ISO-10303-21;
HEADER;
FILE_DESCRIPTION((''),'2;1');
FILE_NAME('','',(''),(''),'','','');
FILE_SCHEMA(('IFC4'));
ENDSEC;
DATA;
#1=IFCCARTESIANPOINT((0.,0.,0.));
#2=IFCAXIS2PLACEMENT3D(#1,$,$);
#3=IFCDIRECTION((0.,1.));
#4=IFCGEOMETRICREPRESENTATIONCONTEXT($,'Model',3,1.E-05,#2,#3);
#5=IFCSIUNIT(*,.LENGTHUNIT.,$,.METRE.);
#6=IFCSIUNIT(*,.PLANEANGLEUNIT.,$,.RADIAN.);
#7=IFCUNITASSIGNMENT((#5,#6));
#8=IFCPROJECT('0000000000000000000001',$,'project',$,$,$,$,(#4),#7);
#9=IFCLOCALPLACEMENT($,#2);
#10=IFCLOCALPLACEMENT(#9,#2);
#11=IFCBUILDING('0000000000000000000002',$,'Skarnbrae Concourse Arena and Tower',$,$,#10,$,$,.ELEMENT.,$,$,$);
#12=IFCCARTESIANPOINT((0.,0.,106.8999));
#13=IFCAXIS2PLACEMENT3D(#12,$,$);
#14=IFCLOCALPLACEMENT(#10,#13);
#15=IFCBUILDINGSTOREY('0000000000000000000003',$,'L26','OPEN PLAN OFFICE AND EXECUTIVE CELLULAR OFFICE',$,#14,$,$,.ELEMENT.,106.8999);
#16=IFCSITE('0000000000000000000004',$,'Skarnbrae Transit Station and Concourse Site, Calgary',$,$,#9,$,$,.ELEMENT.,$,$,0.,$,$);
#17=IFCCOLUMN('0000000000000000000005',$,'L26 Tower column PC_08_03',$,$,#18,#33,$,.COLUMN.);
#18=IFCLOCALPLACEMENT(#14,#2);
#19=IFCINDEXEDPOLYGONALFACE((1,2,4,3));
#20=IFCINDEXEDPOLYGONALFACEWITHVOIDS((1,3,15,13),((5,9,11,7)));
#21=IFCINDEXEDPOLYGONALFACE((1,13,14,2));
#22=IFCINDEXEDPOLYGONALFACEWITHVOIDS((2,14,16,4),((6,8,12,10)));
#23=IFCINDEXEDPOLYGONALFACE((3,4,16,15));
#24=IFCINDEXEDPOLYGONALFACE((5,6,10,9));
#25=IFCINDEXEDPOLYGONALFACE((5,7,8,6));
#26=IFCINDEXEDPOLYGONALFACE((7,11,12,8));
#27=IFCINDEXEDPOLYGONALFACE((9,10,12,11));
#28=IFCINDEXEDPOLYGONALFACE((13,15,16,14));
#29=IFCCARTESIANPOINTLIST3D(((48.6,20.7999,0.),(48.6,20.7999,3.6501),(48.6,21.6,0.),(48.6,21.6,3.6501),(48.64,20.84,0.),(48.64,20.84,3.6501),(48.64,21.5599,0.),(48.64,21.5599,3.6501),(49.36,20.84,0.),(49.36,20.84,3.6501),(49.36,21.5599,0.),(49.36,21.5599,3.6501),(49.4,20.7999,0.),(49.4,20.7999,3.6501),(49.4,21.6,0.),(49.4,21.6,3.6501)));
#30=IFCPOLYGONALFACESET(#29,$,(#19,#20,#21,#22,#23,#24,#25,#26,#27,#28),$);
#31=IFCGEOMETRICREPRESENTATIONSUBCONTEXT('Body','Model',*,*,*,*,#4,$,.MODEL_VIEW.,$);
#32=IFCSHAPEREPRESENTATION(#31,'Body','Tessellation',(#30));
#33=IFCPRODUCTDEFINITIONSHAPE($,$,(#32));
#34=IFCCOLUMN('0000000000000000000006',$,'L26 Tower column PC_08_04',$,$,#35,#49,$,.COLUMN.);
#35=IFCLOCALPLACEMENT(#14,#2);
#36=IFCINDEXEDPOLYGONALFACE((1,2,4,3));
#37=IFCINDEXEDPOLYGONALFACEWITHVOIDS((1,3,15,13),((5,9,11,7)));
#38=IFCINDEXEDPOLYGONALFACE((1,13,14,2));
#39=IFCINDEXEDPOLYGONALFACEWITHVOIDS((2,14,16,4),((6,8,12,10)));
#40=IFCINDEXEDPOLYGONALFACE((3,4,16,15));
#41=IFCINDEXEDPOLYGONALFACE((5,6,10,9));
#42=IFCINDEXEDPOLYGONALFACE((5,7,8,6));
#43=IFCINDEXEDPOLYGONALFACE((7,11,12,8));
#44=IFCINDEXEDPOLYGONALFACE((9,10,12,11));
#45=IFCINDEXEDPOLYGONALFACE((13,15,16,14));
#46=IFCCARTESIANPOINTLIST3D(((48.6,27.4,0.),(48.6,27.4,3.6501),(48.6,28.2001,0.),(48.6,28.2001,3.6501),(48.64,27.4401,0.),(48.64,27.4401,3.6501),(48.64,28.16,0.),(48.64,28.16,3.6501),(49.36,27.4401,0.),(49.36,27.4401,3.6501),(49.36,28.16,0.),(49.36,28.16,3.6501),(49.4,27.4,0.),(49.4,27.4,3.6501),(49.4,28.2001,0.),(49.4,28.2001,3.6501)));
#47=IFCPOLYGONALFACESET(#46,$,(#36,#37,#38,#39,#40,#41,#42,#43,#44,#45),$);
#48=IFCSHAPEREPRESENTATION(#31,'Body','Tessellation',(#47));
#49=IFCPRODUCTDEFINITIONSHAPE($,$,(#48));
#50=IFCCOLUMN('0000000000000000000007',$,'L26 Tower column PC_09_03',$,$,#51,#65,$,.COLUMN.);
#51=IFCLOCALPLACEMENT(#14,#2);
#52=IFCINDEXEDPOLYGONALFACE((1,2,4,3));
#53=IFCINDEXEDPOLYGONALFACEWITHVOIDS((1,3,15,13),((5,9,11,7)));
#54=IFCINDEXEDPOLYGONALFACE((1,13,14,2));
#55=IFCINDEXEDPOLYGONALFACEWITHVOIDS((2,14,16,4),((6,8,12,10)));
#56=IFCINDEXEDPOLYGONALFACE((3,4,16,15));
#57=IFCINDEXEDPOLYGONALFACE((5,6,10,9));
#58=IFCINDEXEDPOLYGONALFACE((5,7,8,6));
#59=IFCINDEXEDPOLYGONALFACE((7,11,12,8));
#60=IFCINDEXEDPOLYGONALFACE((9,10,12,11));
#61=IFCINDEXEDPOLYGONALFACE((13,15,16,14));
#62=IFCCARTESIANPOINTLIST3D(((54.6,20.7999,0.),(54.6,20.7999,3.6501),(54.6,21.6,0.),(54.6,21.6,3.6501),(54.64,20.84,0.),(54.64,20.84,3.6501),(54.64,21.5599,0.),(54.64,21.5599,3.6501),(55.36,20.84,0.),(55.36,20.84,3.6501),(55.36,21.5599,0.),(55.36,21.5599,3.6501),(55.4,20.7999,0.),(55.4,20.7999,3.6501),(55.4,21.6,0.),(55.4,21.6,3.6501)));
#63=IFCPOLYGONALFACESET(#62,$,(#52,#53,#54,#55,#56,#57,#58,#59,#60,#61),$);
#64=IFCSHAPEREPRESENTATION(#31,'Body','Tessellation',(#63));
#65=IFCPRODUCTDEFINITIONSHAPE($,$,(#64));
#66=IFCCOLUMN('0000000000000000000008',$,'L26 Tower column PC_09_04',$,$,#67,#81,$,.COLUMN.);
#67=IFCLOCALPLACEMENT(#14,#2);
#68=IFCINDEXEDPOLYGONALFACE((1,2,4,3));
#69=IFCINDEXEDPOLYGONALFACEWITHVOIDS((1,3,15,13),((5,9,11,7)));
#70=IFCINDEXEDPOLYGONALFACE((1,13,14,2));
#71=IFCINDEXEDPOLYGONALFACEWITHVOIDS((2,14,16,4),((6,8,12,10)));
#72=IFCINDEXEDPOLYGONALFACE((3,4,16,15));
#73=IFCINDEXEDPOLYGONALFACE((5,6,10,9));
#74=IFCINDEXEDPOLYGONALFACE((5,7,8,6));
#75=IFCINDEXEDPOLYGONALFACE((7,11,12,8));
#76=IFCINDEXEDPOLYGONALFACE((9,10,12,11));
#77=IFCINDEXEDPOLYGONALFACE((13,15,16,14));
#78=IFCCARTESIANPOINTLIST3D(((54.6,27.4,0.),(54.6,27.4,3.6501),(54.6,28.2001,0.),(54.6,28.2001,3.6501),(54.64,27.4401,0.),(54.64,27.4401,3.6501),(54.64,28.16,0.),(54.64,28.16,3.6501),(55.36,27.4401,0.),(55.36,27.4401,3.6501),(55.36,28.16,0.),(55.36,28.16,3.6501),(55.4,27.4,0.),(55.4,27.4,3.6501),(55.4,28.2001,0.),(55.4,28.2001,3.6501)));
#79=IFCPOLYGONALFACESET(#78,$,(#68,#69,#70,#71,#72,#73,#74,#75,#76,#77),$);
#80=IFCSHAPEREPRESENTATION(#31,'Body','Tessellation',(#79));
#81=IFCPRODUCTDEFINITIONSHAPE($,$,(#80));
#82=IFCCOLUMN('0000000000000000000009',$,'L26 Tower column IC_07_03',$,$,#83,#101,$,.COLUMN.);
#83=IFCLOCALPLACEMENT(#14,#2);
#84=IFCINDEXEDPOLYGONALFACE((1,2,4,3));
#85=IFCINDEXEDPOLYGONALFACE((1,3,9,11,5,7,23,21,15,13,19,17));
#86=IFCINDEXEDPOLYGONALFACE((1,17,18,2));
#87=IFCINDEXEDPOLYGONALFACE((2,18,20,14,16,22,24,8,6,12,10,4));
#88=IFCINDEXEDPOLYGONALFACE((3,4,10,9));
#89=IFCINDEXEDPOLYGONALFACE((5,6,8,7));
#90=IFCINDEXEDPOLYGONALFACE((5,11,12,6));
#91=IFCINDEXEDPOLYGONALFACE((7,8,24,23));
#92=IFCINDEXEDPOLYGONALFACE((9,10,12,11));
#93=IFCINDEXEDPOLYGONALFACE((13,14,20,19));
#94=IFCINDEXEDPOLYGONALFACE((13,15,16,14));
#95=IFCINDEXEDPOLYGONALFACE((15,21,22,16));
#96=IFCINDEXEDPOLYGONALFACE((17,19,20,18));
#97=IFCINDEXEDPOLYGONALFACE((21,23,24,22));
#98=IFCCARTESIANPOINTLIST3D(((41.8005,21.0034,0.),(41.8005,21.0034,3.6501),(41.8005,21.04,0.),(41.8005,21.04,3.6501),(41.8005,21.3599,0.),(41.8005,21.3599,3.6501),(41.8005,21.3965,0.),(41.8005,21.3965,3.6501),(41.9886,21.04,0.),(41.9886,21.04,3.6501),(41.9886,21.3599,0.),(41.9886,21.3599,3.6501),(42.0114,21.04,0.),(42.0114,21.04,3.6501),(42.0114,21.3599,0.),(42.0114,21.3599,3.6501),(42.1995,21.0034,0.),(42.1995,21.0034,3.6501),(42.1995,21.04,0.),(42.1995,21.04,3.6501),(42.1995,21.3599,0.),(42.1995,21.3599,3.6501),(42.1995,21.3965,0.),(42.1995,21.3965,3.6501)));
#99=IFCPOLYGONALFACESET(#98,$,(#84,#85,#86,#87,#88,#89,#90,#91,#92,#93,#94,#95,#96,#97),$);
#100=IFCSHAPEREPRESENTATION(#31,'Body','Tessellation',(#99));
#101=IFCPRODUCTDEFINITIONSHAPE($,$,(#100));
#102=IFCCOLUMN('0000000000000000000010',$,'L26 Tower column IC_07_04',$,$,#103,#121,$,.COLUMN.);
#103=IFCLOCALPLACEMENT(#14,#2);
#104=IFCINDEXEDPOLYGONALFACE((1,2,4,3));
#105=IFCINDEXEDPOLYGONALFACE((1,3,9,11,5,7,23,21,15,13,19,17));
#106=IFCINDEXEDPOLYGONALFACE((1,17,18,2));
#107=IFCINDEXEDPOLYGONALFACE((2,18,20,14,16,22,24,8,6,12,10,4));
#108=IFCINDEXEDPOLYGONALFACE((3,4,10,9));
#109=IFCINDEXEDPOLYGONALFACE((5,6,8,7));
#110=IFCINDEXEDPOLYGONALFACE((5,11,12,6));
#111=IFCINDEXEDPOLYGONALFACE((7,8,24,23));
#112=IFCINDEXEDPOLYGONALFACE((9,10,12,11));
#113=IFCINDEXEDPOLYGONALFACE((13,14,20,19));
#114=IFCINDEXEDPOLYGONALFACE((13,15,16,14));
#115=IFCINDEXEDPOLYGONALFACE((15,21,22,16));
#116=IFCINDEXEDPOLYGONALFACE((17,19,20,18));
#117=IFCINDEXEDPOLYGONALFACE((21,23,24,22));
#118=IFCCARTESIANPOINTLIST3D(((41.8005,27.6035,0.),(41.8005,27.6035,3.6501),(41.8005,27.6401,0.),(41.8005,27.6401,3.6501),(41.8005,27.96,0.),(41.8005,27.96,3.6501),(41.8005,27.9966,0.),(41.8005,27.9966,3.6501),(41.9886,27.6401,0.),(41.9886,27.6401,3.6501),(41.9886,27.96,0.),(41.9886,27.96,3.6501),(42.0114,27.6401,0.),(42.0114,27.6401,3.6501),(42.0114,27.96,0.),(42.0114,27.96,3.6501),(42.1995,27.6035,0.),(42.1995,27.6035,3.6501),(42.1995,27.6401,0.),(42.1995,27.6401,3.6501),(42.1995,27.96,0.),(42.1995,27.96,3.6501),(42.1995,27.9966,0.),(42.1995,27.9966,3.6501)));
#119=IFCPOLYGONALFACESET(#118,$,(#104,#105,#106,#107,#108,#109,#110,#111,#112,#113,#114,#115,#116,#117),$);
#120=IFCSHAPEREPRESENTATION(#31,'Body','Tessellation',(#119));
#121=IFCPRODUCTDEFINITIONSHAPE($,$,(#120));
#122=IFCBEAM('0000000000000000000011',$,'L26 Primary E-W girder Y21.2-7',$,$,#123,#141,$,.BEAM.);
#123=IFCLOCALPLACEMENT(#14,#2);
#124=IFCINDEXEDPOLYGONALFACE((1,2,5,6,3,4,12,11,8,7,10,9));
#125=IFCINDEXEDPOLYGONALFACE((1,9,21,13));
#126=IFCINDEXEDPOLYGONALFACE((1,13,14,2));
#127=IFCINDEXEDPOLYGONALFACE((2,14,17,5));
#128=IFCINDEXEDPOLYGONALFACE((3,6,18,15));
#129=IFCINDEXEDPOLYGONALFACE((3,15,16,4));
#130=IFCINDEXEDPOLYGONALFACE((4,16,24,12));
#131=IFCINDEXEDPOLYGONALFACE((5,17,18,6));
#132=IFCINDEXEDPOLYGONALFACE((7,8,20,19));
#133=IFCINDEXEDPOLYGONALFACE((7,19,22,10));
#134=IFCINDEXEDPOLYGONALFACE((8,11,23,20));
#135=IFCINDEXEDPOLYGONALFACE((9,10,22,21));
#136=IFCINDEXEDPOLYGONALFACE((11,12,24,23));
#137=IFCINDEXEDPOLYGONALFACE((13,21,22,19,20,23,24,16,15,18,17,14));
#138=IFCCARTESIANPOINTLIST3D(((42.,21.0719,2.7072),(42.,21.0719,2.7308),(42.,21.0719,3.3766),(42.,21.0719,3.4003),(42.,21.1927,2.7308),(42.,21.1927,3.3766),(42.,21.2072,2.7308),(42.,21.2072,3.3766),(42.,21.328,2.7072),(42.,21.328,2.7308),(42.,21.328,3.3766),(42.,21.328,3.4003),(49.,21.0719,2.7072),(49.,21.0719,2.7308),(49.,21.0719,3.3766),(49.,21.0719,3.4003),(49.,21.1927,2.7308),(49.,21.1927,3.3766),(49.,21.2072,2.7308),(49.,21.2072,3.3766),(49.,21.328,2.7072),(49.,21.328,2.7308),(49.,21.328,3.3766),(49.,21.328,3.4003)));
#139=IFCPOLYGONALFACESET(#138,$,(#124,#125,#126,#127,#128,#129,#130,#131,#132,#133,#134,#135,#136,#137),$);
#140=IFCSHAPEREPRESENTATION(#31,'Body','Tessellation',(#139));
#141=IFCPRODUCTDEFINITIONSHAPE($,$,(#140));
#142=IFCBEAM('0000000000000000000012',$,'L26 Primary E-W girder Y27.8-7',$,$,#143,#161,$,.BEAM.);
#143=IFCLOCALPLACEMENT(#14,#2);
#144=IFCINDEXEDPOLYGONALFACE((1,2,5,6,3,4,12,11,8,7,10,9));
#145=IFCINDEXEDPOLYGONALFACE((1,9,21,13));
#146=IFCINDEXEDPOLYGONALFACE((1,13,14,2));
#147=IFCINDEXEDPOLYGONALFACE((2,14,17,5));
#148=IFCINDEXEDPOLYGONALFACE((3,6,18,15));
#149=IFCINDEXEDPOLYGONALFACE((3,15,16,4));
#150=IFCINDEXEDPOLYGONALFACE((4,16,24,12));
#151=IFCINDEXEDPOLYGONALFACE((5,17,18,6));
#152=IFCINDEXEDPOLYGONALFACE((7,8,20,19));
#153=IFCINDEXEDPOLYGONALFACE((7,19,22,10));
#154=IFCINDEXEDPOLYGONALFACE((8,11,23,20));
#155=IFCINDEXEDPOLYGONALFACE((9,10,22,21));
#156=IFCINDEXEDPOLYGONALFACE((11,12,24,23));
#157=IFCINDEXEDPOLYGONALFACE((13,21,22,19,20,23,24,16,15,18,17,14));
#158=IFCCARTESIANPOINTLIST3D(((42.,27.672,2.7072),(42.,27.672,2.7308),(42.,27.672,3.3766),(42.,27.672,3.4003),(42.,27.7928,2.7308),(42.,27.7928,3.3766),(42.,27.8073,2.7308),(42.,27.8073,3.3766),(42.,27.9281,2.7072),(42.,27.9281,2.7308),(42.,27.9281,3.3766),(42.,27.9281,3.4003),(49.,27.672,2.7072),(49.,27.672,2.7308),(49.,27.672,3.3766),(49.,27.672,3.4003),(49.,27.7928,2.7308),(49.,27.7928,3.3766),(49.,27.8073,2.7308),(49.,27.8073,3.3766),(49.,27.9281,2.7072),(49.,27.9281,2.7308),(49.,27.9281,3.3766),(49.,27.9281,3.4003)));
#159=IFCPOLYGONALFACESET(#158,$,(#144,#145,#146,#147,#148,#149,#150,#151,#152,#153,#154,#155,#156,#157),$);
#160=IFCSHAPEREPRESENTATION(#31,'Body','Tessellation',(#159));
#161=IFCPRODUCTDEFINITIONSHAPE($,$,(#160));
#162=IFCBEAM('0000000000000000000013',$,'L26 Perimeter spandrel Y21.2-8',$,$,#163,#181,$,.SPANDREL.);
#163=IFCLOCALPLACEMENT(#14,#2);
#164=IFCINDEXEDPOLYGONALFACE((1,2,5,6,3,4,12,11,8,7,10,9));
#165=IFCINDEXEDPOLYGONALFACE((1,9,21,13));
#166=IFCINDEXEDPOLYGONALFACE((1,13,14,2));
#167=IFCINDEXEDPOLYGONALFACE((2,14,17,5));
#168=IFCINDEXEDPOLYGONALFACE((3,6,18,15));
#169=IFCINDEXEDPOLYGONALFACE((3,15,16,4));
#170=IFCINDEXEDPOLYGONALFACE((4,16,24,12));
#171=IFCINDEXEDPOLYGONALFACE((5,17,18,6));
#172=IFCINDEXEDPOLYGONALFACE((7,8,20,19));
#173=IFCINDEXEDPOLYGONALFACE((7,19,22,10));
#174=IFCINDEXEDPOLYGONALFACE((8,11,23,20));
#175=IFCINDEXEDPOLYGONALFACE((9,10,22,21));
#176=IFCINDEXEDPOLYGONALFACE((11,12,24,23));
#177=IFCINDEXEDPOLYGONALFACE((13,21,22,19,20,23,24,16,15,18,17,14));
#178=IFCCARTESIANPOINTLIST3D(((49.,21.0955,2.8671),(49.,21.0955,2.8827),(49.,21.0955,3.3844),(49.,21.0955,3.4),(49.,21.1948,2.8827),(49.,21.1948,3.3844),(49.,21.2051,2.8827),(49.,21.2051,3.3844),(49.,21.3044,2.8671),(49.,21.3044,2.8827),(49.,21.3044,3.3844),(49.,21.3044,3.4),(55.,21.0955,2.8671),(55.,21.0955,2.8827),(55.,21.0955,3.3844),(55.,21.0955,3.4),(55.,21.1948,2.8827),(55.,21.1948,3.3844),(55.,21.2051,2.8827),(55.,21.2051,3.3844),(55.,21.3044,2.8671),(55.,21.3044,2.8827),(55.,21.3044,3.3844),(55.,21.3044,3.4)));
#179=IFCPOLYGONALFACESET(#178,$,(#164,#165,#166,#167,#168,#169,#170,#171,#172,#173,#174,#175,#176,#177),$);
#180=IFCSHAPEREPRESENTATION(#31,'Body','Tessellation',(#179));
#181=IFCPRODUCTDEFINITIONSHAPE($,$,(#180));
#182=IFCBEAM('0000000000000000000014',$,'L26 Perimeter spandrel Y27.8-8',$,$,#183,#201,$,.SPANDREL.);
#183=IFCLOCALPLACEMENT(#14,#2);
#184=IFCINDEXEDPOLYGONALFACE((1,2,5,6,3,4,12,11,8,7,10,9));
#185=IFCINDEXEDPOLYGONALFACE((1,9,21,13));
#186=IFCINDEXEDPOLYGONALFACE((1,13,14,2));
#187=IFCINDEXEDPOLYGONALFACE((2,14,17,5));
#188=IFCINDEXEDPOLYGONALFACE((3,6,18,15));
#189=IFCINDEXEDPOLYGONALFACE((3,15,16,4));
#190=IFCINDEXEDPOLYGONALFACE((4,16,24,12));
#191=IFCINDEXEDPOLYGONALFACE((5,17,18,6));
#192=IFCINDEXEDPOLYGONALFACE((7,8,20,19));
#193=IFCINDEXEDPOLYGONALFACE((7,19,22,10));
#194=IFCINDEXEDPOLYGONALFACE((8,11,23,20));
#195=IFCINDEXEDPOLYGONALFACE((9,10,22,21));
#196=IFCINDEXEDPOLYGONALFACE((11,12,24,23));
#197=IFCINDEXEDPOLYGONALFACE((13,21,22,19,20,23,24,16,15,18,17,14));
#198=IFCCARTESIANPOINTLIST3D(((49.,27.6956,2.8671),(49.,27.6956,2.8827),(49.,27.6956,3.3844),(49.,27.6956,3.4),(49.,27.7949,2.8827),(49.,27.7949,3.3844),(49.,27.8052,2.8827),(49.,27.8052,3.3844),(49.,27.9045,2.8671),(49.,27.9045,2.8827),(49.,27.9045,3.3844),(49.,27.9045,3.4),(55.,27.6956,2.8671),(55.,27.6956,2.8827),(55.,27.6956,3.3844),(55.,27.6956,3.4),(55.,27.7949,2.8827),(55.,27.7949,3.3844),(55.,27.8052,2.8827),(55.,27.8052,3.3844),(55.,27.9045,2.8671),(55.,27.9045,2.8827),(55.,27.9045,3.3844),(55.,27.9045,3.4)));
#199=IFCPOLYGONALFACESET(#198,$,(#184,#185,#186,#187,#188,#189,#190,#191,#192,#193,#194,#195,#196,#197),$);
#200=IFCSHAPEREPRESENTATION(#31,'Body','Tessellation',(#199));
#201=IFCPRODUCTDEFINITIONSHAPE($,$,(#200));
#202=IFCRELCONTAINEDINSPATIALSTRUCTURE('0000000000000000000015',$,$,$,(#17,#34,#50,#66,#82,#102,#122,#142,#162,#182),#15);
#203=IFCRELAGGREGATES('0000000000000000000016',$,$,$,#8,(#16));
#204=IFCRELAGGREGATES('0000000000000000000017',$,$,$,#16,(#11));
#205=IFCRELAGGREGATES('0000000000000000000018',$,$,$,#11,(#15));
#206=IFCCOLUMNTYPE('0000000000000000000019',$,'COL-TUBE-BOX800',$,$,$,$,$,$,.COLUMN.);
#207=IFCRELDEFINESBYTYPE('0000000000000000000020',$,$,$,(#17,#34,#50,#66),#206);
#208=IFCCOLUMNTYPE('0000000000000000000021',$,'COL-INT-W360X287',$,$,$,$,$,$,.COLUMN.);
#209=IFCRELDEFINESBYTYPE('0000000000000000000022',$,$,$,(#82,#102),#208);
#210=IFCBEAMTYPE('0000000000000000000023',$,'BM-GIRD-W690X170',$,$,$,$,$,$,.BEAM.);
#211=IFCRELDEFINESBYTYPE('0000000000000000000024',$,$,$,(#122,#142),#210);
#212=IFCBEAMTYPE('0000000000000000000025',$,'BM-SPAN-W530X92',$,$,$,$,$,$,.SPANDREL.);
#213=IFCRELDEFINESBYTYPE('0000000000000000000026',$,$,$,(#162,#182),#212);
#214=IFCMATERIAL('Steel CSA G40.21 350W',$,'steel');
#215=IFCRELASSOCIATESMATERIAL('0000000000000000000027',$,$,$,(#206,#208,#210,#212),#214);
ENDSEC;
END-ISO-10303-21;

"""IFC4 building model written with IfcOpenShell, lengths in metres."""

from ifc_helpers import new_model, si_unit, direction, frame, origin, origin_2d, place, context, subcontext, project, spatial, hollow_rectangle, i_section, extrude, source, transform, mapped, material, material_profile, profile_set, type_object, element, save


model = new_model("IFC4")

# Units and contexts
model_context = context("Model", 3, precision=1e-05, world=origin(), true_north=direction((0.0, 1.0)))
body_context = subcontext(model_context, "Body", "Model", "MODEL_VIEW")
ifc_project = project(units=[si_unit("LENGTHUNIT", "METRE"), si_unit("PLANEANGLEUNIT", "RADIAN")], contexts=[model_context])

# Site, building, storey
site_placement = place(None, origin())
site = spatial("IfcSite", under=ifc_project, at=site_placement, Name="Skarnbrae Transit Station and Concourse Site, Calgary", CompositionType="ELEMENT", RefElevation=0.0)
building_placement = place(site_placement, origin())
building = spatial("IfcBuilding", under=site, at=building_placement, Name="Skarnbrae Concourse Arena and Tower", CompositionType="ELEMENT")
storey_placement = place(building_placement, frame((0.0, 0.0, 106.8999)))
storey = spatial("IfcBuildingStorey", under=building, at=storey_placement, Name="L26", Description="OPEN PLAN OFFICE AND EXECUTIVE CELLULAR OFFICE", CompositionType="ELEMENT", Elevation=106.8999)

# Columns
ifc_material_1 = material(Name="Steel CSA G40.21 350W", Category="steel")
ifc_material_profile_1 = material_profile(ifc_material_1, hollow_rectangle(XDim=0.8, YDim=0.8, WallThickness=0.04, at=origin_2d()), Name="BOX800X800X40")
ifc_profile_set_1 = profile_set([ifc_material_profile_1], Name="Steel CSA G40.21 350W")
column_type_1 = type_object("IfcColumnType", Name="COL-TUBE-BOX800", PredefinedType="COLUMN", material=ifc_profile_set_1)
shared_shape_1 = source(origin(), body_context, "Body", "SweptSolid", [
    extrude(hollow_rectangle(XDim=0.8, YDim=0.8, WallThickness=0.04, at=origin_2d()), origin(), (0.0, 0.0, 1.0), 3.6501),
])
for number, where, z_axis, x_axis, name in (
    (1, (49.0, 21.2, 0.0), (0.0, 0.0, 1.0), (1.0, 0.0, 0.0), "L26 Tower column PC_08_03"),
    (2, (49.0, 27.8, 0.0), (0.0, 0.0, 1.0), (1.0, 0.0, 0.0), "L26 Tower column PC_08_04"),
    (3, (55.0, 21.2, 0.0), (0.0, 0.0, 1.0), (1.0, 0.0, 0.0), "L26 Tower column PC_09_03"),
    (4, (55.0, 27.8, 0.0), (0.0, 0.0, 1.0), (1.0, 0.0, 0.0), "L26 Tower column PC_09_04"),
):
    element("IfcColumn", number, at=place(storey_placement, frame(where, z_axis=z_axis, x_axis=x_axis)), inside=storey, type_object=column_type_1, Name=name, PredefinedType="COLUMN", context=body_context, shape_type="MappedRepresentation", body=[
        mapped(shared_shape_1, transform((0.0, 0.0, 0.0))),
    ])
ifc_material_profile_2 = material_profile(ifc_material_1, i_section(OverallWidth=0.3989, OverallDepth=0.3931, WebThickness=0.0227, FlangeThickness=0.0366, at=origin_2d()), Name="W360X287")
ifc_profile_set_2 = profile_set([ifc_material_profile_2], Name="Steel CSA G40.21 350W")
column_type_2 = type_object("IfcColumnType", Name="COL-INT-W360X287", PredefinedType="COLUMN", material=ifc_profile_set_2)
shared_shape_2 = source(origin(), body_context, "Body", "SweptSolid", [
    extrude(i_section(OverallWidth=0.3989, OverallDepth=0.3931, WebThickness=0.0227, FlangeThickness=0.0366, at=origin_2d()), origin(), (0.0, 0.0, 1.0), 3.6501),
])
for number, where, z_axis, x_axis, name in (
    (5, (42.0, 21.2, 0.0), (0.0, 0.0, 1.0), (1.0, 0.0, 0.0), "L26 Tower column IC_07_03"),
    (6, (42.0, 27.8, 0.0), (0.0, 0.0, 1.0), (1.0, 0.0, 0.0), "L26 Tower column IC_07_04"),
):
    element("IfcColumn", number, at=place(storey_placement, frame(where, z_axis=z_axis, x_axis=x_axis)), inside=storey, type_object=column_type_2, Name=name, PredefinedType="COLUMN", context=body_context, shape_type="MappedRepresentation", body=[
        mapped(shared_shape_2, transform((0.0, 0.0, 0.0))),
    ])

# Beams
ifc_material_profile_3 = material_profile(ifc_material_1, i_section(OverallWidth=0.2561, OverallDepth=0.6931, WebThickness=0.0144, FlangeThickness=0.0237, at=origin_2d()), Name="W690X170")
ifc_profile_set_3 = profile_set([ifc_material_profile_3], Name="Steel CSA G40.21 350W")
beam_type_1 = type_object("IfcBeamType", Name="BM-GIRD-W690X170", PredefinedType="BEAM", material=ifc_profile_set_3)
shared_shape_3 = source(origin(), body_context, "Body", "SweptSolid", [
    extrude(i_section(OverallWidth=0.2561, OverallDepth=0.6931, WebThickness=0.0144, FlangeThickness=0.0237, at=origin_2d()), origin(), (0.0, 0.0, 1.0), 7.0),
])
for number, where, z_axis, x_axis, name in (
    (7, (42.0, 21.2, 3.0537), (1.0, 0.0, 0.0), (0.0, 1.0, 0.0), "L26 Primary E-W girder Y21.2-7"),
    (8, (42.0, 27.8, 3.0537), (1.0, 0.0, 0.0), (0.0, 1.0, 0.0), "L26 Primary E-W girder Y27.8-7"),
):
    element("IfcBeam", number, at=place(storey_placement, frame(where, z_axis=z_axis, x_axis=x_axis)), inside=storey, type_object=beam_type_1, Name=name, PredefinedType="BEAM", context=body_context, shape_type="MappedRepresentation", body=[
        mapped(shared_shape_3, transform((0.0, 0.0, 0.0))),
    ])
ifc_material_profile_4 = material_profile(ifc_material_1, i_section(OverallWidth=0.209, OverallDepth=0.533, WebThickness=0.0103, FlangeThickness=0.0156, at=origin_2d()), Name="W530X92")
ifc_profile_set_4 = profile_set([ifc_material_profile_4], Name="Steel CSA G40.21 350W")
beam_type_2 = type_object("IfcBeamType", Name="BM-SPAN-W530X92", PredefinedType="SPANDREL", material=ifc_profile_set_4)
shared_shape_4 = source(origin(), body_context, "Body", "SweptSolid", [
    extrude(i_section(OverallWidth=0.209, OverallDepth=0.533, WebThickness=0.0103, FlangeThickness=0.0156, at=origin_2d()), origin(), (0.0, 0.0, 1.0), 6.0),
])
for number, where, z_axis, x_axis, name in (
    (9, (49.0, 21.2, 3.1335), (1.0, 0.0, 0.0), (0.0, 1.0, 0.0), "L26 Perimeter spandrel Y21.2-8"),
    (10, (49.0, 27.8, 3.1335), (1.0, 0.0, 0.0), (0.0, 1.0, 0.0), "L26 Perimeter spandrel Y27.8-8"),
):
    element("IfcBeam", number, at=place(storey_placement, frame(where, z_axis=z_axis, x_axis=x_axis)), inside=storey, type_object=beam_type_2, Name=name, PredefinedType="SPANDREL", context=body_context, shape_type="MappedRepresentation", body=[
        mapped(shared_shape_4, transform((0.0, 0.0, 0.0))),
    ])

save(model, "model.ifc")
